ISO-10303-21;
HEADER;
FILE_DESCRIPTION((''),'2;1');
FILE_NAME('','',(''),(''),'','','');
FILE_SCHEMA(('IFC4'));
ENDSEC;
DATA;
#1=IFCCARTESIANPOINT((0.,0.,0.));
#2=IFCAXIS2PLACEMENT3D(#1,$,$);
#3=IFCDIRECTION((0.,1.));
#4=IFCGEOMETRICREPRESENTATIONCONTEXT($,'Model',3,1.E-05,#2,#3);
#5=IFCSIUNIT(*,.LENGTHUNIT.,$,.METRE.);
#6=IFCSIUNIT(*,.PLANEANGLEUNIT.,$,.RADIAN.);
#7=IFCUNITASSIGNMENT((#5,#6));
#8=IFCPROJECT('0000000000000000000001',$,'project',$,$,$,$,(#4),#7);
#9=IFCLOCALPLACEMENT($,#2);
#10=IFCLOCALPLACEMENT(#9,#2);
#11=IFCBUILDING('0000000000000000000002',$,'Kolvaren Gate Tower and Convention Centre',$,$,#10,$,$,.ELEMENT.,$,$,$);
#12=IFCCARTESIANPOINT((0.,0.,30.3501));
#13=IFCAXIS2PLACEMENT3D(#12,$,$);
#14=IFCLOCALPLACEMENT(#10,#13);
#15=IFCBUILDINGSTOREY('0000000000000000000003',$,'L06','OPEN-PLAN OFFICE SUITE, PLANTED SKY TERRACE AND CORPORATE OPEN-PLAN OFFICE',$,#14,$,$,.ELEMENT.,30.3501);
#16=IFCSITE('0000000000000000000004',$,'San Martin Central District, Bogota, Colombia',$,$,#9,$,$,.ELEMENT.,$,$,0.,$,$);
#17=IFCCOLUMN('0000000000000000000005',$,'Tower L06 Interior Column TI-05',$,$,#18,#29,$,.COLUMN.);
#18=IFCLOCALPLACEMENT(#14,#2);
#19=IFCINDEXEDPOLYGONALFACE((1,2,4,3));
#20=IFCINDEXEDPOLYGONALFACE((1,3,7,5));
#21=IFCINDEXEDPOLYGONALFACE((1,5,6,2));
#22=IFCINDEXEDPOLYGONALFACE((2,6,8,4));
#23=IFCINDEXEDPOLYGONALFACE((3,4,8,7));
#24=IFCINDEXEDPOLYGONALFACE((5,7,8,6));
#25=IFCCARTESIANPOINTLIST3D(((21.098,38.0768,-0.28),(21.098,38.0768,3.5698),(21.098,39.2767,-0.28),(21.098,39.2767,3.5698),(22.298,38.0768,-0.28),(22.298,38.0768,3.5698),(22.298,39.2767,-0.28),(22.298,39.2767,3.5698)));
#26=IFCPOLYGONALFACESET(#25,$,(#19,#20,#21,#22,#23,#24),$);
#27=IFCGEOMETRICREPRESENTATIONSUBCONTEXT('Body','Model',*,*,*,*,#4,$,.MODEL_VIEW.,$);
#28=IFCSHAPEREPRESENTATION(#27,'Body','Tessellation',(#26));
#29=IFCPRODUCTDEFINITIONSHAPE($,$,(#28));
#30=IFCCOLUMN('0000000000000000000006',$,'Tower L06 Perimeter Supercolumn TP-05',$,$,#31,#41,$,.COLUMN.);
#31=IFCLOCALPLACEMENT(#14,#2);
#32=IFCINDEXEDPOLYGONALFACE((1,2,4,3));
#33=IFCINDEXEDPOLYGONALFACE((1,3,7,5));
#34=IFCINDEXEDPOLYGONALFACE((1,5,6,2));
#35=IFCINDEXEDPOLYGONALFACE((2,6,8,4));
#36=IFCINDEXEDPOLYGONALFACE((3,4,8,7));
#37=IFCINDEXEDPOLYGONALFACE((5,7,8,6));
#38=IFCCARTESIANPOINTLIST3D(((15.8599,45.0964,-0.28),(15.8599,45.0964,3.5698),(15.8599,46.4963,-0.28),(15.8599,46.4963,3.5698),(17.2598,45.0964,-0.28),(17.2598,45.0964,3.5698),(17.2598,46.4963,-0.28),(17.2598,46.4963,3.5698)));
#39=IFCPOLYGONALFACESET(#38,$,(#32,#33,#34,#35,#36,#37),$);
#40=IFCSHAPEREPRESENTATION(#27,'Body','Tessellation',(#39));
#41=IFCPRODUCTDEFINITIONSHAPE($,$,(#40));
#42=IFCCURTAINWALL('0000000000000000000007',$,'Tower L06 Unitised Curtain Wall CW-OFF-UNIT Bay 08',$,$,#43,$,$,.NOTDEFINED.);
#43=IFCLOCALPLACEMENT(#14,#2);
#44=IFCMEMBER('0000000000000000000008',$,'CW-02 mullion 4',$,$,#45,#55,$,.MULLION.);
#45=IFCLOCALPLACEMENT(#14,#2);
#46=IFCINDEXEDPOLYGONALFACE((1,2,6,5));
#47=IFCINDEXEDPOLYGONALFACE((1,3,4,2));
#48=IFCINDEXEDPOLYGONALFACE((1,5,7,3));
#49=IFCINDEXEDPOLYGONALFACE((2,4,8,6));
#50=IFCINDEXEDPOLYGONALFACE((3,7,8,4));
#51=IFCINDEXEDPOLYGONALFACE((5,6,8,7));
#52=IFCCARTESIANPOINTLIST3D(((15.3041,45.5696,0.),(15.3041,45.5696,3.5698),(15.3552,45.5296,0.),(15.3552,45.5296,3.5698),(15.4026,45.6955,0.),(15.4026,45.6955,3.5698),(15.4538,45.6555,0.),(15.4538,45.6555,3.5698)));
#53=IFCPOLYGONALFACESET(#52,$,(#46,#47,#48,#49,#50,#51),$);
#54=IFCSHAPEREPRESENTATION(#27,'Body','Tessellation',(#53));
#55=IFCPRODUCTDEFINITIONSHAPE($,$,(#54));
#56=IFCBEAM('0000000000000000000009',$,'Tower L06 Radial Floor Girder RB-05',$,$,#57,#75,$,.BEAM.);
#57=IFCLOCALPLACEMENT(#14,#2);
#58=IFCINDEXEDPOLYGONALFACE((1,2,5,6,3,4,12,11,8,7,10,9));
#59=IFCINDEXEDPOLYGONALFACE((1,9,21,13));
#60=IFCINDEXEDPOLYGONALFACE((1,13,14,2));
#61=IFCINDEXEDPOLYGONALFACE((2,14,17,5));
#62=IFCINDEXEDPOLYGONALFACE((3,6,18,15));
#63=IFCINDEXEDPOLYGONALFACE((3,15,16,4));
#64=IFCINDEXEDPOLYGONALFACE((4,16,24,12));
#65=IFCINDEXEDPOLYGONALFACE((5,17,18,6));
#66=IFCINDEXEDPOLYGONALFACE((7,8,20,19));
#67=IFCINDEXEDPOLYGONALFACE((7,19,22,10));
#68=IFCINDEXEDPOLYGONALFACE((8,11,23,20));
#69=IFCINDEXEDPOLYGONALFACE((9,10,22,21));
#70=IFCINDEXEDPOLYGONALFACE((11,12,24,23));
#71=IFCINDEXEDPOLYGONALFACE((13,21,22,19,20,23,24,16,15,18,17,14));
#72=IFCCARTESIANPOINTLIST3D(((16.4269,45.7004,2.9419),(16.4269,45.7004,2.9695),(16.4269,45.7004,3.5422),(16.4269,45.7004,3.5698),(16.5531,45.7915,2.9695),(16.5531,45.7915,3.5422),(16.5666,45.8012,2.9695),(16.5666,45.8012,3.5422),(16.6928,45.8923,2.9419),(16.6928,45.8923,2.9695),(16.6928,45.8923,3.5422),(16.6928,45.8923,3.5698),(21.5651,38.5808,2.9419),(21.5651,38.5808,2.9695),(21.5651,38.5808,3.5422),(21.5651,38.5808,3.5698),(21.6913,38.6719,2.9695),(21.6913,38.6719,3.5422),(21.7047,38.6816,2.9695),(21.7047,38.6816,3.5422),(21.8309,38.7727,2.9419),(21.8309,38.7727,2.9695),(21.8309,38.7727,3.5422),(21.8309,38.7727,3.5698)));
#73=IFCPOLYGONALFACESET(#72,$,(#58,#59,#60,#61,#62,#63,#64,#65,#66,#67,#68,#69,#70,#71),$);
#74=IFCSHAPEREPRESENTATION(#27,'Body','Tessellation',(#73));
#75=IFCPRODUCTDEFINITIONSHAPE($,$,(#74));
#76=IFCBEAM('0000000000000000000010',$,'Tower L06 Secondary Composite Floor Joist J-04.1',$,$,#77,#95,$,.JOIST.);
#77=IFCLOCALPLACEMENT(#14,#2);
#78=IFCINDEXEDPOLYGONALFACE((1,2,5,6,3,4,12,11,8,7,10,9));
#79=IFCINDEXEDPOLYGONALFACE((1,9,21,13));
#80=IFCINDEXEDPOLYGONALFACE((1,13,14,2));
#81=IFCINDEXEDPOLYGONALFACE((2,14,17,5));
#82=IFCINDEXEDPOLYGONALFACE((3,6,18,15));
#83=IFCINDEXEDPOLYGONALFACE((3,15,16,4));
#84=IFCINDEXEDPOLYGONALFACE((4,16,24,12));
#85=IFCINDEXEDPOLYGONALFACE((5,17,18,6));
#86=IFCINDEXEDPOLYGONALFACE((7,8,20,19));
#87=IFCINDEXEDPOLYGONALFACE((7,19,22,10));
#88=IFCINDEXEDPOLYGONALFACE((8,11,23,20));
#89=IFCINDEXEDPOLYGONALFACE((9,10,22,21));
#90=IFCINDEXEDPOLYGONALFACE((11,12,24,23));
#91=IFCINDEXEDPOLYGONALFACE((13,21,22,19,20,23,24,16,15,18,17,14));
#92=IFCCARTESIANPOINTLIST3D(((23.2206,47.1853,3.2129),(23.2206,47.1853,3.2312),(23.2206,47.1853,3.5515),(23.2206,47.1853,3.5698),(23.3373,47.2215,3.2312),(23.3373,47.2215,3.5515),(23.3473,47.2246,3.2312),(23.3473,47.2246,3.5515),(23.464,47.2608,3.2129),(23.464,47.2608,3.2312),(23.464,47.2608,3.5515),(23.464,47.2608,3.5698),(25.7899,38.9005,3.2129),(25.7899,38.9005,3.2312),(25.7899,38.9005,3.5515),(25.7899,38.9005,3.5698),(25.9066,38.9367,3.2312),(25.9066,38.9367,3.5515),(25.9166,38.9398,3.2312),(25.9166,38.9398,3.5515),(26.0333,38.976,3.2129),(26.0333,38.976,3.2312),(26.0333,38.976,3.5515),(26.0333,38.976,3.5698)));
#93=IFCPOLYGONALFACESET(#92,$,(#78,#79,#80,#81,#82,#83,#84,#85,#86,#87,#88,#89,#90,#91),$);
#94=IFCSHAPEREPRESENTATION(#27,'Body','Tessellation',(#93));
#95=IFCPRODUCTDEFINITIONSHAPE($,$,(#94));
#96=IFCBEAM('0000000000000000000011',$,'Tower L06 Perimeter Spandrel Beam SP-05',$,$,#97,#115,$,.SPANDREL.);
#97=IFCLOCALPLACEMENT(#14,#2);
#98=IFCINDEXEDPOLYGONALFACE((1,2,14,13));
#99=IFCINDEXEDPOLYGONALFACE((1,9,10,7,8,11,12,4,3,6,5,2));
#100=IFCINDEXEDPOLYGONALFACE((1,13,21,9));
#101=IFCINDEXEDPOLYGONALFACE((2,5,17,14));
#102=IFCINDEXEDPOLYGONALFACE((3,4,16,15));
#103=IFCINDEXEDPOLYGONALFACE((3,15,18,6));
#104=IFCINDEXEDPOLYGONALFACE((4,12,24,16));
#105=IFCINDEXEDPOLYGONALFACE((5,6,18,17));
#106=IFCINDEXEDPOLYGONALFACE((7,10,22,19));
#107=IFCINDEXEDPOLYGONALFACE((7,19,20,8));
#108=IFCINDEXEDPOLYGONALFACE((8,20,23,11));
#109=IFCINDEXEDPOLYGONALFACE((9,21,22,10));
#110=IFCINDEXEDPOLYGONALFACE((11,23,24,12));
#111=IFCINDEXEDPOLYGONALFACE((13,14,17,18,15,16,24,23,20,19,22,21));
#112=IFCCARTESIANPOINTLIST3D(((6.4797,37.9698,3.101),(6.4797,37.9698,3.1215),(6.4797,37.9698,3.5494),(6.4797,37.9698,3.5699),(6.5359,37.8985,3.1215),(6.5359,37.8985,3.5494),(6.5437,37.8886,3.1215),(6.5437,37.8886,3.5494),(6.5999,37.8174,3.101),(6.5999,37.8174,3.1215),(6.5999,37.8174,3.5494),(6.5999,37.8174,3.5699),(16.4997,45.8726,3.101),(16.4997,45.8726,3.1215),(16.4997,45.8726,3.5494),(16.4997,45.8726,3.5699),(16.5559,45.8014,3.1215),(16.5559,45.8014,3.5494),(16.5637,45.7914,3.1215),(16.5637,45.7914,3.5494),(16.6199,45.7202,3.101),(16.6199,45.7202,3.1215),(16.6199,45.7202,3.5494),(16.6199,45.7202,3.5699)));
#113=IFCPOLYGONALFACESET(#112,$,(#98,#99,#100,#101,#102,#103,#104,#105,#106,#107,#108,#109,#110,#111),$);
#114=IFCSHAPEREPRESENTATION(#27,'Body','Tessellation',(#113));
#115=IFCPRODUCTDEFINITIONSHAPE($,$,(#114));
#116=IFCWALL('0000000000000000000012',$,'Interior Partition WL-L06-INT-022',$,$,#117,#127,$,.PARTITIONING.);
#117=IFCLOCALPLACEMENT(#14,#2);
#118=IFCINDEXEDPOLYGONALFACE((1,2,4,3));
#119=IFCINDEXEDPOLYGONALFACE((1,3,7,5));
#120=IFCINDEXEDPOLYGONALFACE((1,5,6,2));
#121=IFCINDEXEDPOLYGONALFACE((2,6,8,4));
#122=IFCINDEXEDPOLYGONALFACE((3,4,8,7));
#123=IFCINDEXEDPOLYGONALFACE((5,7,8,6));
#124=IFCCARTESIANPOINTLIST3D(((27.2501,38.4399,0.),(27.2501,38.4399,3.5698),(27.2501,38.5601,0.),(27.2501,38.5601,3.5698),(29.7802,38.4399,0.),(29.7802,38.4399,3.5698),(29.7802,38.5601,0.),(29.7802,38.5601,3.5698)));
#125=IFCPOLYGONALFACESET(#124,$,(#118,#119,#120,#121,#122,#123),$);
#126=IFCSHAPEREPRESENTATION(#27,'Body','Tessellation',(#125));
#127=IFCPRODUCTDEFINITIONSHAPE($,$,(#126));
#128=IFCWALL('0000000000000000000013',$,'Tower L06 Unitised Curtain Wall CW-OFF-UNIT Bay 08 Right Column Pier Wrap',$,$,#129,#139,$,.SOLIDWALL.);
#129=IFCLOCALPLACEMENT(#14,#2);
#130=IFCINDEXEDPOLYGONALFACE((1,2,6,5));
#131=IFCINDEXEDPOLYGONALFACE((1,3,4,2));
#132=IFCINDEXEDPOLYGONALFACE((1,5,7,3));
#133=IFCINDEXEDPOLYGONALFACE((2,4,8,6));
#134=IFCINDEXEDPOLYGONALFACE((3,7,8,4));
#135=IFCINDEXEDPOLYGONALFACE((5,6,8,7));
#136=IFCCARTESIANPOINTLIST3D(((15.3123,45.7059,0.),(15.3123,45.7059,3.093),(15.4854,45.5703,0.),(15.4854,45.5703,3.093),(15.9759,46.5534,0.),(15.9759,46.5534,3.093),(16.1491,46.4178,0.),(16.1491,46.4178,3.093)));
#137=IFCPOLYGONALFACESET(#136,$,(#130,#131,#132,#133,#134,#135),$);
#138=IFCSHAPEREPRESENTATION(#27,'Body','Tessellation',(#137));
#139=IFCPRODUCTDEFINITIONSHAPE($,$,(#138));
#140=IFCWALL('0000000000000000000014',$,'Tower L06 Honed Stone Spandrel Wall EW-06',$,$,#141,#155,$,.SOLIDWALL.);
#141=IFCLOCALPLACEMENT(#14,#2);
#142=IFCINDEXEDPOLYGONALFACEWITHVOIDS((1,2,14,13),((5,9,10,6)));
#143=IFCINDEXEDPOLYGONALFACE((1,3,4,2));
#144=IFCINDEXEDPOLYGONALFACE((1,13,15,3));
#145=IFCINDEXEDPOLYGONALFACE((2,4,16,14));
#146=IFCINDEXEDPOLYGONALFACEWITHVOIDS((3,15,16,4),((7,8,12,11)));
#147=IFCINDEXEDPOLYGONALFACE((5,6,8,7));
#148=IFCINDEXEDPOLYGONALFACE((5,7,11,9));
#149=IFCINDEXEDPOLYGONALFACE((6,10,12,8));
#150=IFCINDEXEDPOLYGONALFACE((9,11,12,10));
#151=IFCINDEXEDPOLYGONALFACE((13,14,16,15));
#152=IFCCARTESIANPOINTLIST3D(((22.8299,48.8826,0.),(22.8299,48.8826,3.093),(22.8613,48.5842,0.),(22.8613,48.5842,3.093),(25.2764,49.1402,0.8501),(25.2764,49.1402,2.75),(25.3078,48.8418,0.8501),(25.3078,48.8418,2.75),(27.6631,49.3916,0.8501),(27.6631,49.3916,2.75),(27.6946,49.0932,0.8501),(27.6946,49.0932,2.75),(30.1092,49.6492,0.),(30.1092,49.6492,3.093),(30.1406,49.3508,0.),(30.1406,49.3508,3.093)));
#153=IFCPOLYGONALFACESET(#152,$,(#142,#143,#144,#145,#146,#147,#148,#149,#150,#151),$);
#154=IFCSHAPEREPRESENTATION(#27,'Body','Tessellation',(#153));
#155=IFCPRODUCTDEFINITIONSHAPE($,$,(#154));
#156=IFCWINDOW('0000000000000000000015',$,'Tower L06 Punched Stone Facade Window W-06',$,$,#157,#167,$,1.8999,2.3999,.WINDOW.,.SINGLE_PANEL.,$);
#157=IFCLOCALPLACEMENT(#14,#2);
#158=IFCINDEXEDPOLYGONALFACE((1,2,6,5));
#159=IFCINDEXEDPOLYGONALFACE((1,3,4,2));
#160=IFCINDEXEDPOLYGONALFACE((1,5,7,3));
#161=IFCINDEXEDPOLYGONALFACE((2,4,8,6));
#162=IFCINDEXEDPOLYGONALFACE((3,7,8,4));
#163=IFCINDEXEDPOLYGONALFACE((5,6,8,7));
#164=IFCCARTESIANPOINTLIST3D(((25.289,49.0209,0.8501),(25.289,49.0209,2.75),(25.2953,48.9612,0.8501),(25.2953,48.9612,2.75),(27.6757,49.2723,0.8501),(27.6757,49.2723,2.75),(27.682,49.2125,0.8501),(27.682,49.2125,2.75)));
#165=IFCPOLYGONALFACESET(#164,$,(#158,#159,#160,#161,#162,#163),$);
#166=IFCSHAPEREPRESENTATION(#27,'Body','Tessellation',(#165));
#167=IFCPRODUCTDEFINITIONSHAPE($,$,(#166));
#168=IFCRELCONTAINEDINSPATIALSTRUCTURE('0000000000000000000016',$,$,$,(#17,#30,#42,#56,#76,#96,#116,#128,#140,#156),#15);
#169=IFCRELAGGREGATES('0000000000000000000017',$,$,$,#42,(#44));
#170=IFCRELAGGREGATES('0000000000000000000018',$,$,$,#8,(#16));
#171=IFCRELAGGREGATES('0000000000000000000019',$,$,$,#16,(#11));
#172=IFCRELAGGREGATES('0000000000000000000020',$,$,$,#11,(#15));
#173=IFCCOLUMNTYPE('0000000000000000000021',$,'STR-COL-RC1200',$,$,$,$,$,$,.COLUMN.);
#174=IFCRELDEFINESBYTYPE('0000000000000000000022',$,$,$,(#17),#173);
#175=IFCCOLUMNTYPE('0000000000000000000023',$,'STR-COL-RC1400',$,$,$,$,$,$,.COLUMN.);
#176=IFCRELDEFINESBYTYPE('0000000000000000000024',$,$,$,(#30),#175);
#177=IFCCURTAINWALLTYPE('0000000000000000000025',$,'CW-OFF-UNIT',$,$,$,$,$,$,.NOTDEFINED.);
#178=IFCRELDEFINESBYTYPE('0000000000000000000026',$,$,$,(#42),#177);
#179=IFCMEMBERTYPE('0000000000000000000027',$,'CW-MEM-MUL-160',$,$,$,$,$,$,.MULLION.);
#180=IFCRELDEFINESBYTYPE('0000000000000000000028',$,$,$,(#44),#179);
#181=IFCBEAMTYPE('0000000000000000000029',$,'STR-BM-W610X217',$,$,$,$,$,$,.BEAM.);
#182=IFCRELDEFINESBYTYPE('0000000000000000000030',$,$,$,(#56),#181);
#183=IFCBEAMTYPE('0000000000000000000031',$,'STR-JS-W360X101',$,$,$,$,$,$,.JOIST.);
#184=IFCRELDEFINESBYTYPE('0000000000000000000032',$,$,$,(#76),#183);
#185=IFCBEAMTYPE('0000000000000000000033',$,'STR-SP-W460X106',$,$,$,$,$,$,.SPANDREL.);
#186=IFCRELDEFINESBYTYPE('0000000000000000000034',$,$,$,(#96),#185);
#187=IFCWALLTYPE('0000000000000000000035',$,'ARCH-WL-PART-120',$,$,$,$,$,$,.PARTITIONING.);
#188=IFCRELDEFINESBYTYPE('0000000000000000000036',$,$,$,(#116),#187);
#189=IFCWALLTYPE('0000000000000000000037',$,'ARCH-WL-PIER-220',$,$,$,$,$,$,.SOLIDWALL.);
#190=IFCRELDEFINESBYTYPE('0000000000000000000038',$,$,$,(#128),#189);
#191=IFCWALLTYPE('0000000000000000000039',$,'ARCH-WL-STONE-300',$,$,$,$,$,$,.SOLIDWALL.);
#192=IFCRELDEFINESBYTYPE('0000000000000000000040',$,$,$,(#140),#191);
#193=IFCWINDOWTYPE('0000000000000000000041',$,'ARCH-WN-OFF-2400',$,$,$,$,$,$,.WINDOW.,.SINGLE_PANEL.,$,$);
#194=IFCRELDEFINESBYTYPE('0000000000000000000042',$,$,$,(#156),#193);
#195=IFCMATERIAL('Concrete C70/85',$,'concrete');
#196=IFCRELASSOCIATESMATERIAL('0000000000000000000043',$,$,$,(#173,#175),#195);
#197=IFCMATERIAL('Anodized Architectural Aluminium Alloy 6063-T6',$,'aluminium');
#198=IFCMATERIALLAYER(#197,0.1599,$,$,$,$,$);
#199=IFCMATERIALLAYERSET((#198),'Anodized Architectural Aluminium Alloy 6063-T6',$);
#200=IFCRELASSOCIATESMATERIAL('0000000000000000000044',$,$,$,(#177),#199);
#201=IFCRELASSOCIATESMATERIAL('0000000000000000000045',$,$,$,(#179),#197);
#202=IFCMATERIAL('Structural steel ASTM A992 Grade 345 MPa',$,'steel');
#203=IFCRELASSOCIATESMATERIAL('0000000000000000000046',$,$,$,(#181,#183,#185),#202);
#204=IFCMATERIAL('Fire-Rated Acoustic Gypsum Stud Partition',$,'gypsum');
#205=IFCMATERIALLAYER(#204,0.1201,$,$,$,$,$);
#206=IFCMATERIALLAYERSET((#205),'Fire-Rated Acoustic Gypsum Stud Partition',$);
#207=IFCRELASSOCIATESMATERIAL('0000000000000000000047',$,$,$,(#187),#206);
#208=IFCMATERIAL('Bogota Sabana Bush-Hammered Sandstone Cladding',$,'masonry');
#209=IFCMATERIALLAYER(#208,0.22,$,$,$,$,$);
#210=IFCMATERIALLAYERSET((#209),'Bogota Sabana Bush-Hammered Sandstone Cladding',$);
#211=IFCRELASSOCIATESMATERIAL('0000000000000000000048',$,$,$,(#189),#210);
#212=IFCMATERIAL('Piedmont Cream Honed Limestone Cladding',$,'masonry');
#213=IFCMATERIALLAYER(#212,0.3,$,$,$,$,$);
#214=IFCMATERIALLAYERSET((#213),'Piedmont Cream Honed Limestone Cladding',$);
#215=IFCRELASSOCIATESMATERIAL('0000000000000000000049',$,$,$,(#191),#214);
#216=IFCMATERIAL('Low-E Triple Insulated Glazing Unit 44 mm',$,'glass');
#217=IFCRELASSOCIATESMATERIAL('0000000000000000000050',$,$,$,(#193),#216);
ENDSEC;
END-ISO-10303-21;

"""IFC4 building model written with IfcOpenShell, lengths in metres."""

from ifc_helpers import new_model, si_unit, direction, frame, frame_2d, origin, origin_2d, place, context, subcontext, project, spatial, rectangle, i_section, extrude, material, layer, layer_set, material_profile, profile_set, type_object, element, fill, aggregate, save


model = new_model("IFC4")

# Units and contexts
model_context = context("Model", 3, precision=1e-05, world=origin(), true_north=direction((0.0, 1.0)))
body_context = subcontext(model_context, "Body", "Model", "MODEL_VIEW")
ifc_project = project(units=[si_unit("LENGTHUNIT", "METRE"), si_unit("PLANEANGLEUNIT", "RADIAN")], contexts=[model_context])

# Site, building, storey
site_placement = place(None, origin())
site = spatial("IfcSite", under=ifc_project, at=site_placement, Name="San Martin Central District, Bogota, Colombia", CompositionType="ELEMENT", RefElevation=0.0)
building_placement = place(site_placement, origin())
building = spatial("IfcBuilding", under=site, at=building_placement, Name="Kolvaren Gate Tower and Convention Centre", CompositionType="ELEMENT")
storey_placement = place(building_placement, frame((0.0, 0.0, 30.3501)))
storey = spatial("IfcBuildingStorey", under=building, at=storey_placement, Name="L06", Description="OPEN-PLAN OFFICE SUITE, PLANTED SKY TERRACE AND CORPORATE OPEN-PLAN OFFICE", CompositionType="ELEMENT", Elevation=30.3501)

# Columns
ifc_material_1 = material(Name="Concrete C70/85", Category="concrete")
ifc_material_profile_1 = material_profile(ifc_material_1, rectangle(XDim=1.2, YDim=1.2, at=origin_2d()), Name="RC-COL-1200X1200")
ifc_profile_set_1 = profile_set([ifc_material_profile_1], Name="Concrete C70/85")
column_type_1 = type_object("IfcColumnType", Name="STR-COL-RC1200", PredefinedType="COLUMN", material=ifc_profile_set_1)
column_1_placement = place(storey_placement, frame((21.698, 38.6768, -0.28), z_axis=(0.0, 0.0, 1.0), x_axis=(1.0, 0.0, 0.0)))
element("IfcColumn", 1, at=column_1_placement, inside=storey, type_object=column_type_1, Name="Tower L06 Interior Column TI-05", PredefinedType="COLUMN", context=body_context, shape_type="SweptSolid", body=[
    extrude(rectangle(XDim=1.2, YDim=1.2, at=origin_2d()), origin(), (0.0, 0.0, 1.0), 3.8499),
])
ifc_material_profile_2 = material_profile(ifc_material_1, rectangle(XDim=1.3999, YDim=1.3999, at=origin_2d()), Name="RC-COL-1400X1400")
ifc_profile_set_2 = profile_set([ifc_material_profile_2], Name="Concrete C70/85")
column_type_2 = type_object("IfcColumnType", Name="STR-COL-RC1400", PredefinedType="COLUMN", material=ifc_profile_set_2)
column_2_placement = place(storey_placement, frame((16.5598, 45.7964, -0.28), z_axis=(0.0, 0.0, 1.0), x_axis=(1.0, 0.0, 0.0)))
element("IfcColumn", 2, at=column_2_placement, inside=storey, type_object=column_type_2, Name="Tower L06 Perimeter Supercolumn TP-05", PredefinedType="COLUMN", context=body_context, shape_type="SweptSolid", body=[
    extrude(rectangle(XDim=1.3999, YDim=1.3999, at=origin_2d()), origin(), (0.0, 0.0, 1.0), 3.8499),
])

# Curtain wall, member
ifc_material_2 = material(Name="Anodized Architectural Aluminium Alloy 6063-T6", Category="aluminium")
ifc_layer_1 = layer(ifc_material_2, 0.1599)
ifc_layer_set_1 = layer_set([ifc_layer_1], Name="Anodized Architectural Aluminium Alloy 6063-T6")
curtain_wall_type = type_object("IfcCurtainWallType", Name="CW-OFF-UNIT", PredefinedType="NOTDEFINED", material=ifc_layer_set_1)
curtain_wall_placement = place(storey_placement, origin())
curtain_wall = element("IfcCurtainWall", 3, at=curtain_wall_placement, inside=storey, type_object=curtain_wall_type, Name="Tower L06 Unitised Curtain Wall CW-OFF-UNIT Bay 08", PredefinedType="NOTDEFINED")
ifc_material_profile_3 = material_profile(ifc_material_2, rectangle(XDim=0.0649, YDim=0.1599, at=origin_2d()), Name="CW-MEM-MUL-160")
ifc_profile_set_3 = profile_set([ifc_material_profile_3], Name="Anodized Architectural Aluminium Alloy 6063-T6")
member_type = type_object("IfcMemberType", Name="CW-MEM-MUL-160", PredefinedType="MULLION", material=ifc_profile_set_3)
member_placement = place(storey_placement, frame((15.3789, 45.6125, 0.0), z_axis=(0.0, 0.0, 1.0), x_axis=(-0.787417, 0.616421, 0.0)))
member = element("IfcMember", 4, at=member_placement, type_object=member_type, Name="CW-02 mullion 4", PredefinedType="MULLION", context=body_context, shape_type="SweptSolid", body=[
    extrude(rectangle(XDim=0.0649, YDim=0.1599, at=origin_2d()), origin(), (0.0, 0.0, 1.0), 3.5698),
])
aggregate(curtain_wall, [member])

# Beams
ifc_material_3 = material(Name="Structural steel ASTM A992 Grade 345 MPa", Category="steel")
ifc_material_profile_4 = material_profile(ifc_material_3, i_section(OverallWidth=0.3279, OverallDepth=0.6279, WebThickness=0.0166, FlangeThickness=0.0276, at=origin_2d()), Name="W610X217")
ifc_profile_set_4 = profile_set([ifc_material_profile_4], Name="Structural steel ASTM A992 Grade 345 MPa")
beam_type_1 = type_object("IfcBeamType", Name="STR-BM-W610X217", PredefinedType="BEAM", material=ifc_profile_set_4)
beam_1_placement = place(storey_placement, frame((21.698, 38.6768, 3.2559), z_axis=(-0.585208, 0.810883, 0.0), x_axis=(-0.810883, -0.585208, 0.0)))
element("IfcBeam", 5, at=beam_1_placement, inside=storey, type_object=beam_type_1, Name="Tower L06 Radial Floor Girder RB-05", PredefinedType="BEAM", context=body_context, shape_type="SweptSolid", body=[
    extrude(i_section(OverallWidth=0.3279, OverallDepth=0.6279, WebThickness=0.0166, FlangeThickness=0.0276, at=origin_2d()), origin(), (0.0, 0.0, 1.0), 8.78),
])
ifc_material_profile_5 = material_profile(ifc_material_3, i_section(OverallWidth=0.2549, OverallDepth=0.3569, WebThickness=0.0105, FlangeThickness=0.0183, at=origin_2d()), Name="W360X101")
ifc_profile_set_5 = profile_set([ifc_material_profile_5], Name="Structural steel ASTM A992 Grade 345 MPa")
beam_type_2 = type_object("IfcBeamType", Name="STR-JS-W360X101", PredefinedType="JOIST", material=ifc_profile_set_5)
beam_2_placement = place(storey_placement, frame((25.9116, 38.9382, 3.3914), z_axis=(-0.296205, 0.955124, 0.0), x_axis=(-0.955124, -0.296205, 0.0)))
element("IfcBeam", 6, at=beam_2_placement, inside=storey, type_object=beam_type_2, Name="Tower L06 Secondary Composite Floor Joist J-04.1", PredefinedType="JOIST", context=body_context, shape_type="SweptSolid", body=[
    extrude(i_section(OverallWidth=0.2549, OverallDepth=0.3569, WebThickness=0.0105, FlangeThickness=0.0183, at=origin_2d()), origin(), (0.0, 0.0, 1.0), 8.6741),
])
ifc_material_profile_6 = material_profile(ifc_material_3, i_section(OverallWidth=0.1941, OverallDepth=0.469, WebThickness=0.0127, FlangeThickness=0.0205, at=origin_2d()), Name="W460X106")
ifc_profile_set_6 = profile_set([ifc_material_profile_6], Name="Structural steel ASTM A992 Grade 345 MPa")
beam_type_3 = type_object("IfcBeamType", Name="STR-SP-W460X106", PredefinedType="SPANDREL", material=ifc_profile_set_6)
beam_3_placement = place(storey_placement, frame((16.5598, 45.7964, 3.3354), z_axis=(-0.785176, -0.619272, 0.0), x_axis=(0.619272, -0.785176, 0.0)))
element("IfcBeam", 7, at=beam_3_placement, inside=storey, type_object=beam_type_3, Name="Tower L06 Perimeter Spandrel Beam SP-05", PredefinedType="SPANDREL", context=body_context, shape_type="SweptSolid", body=[
    extrude(i_section(OverallWidth=0.1941, OverallDepth=0.469, WebThickness=0.0127, FlangeThickness=0.0205, at=origin_2d()), origin(), (0.0, 0.0, 1.0), 12.7615),
])

# Walls
ifc_material_4 = material(Name="Fire-Rated Acoustic Gypsum Stud Partition", Category="gypsum")
ifc_layer_2 = layer(ifc_material_4, 0.1201)
ifc_layer_set_2 = layer_set([ifc_layer_2], Name="Fire-Rated Acoustic Gypsum Stud Partition")
wall_type_1 = type_object("IfcWallType", Name="ARCH-WL-PART-120", PredefinedType="PARTITIONING", material=ifc_layer_set_2)
wall_1_placement = place(storey_placement, frame((27.25, 38.5, 0.0), z_axis=(0.0, 0.0, 1.0), x_axis=(1.0, 0.0, 0.0)))
element("IfcWall", 8, at=wall_1_placement, inside=storey, type_object=wall_type_1, Name="Interior Partition WL-L06-INT-022", PredefinedType="PARTITIONING", context=body_context, shape_type="SweptSolid", body=[
    extrude(rectangle(XDim=2.53, YDim=0.1201, at=frame_2d((1.2651, 0.0))), origin(), (0.0, 0.0, 1.0), 3.5698),
])
ifc_material_5 = material(Name="Bogota Sabana Bush-Hammered Sandstone Cladding", Category="masonry")
ifc_layer_3 = layer(ifc_material_5, 0.22)
ifc_layer_set_3 = layer_set([ifc_layer_3], Name="Bogota Sabana Bush-Hammered Sandstone Cladding")
wall_type_2 = type_object("IfcWallType", Name="ARCH-WL-PIER-220", PredefinedType="SOLIDWALL", material=ifc_layer_set_3)
wall_2_placement = place(storey_placement, frame((15.3989, 45.6382, 0.0), z_axis=(0.0, 0.0, 1.0), x_axis=(0.616528, 0.787333, 0.0)))
element("IfcWall", 9, at=wall_2_placement, inside=storey, type_object=wall_type_2, Name="Tower L06 Unitised Curtain Wall CW-OFF-UNIT Bay 08 Right Column Pier Wrap", PredefinedType="SOLIDWALL", context=body_context, shape_type="SweptSolid", body=[
    extrude(rectangle(XDim=1.0764, YDim=0.22, at=frame_2d((0.5381, 0.0))), origin(), (0.0, 0.0, 1.0), 3.093),
])

# Wall, opening, window
ifc_material_6 = material(Name="Piedmont Cream Honed Limestone Cladding", Category="masonry")
ifc_layer_4 = layer(ifc_material_6, 0.3)
ifc_layer_set_4 = layer_set([ifc_layer_4], Name="Piedmont Cream Honed Limestone Cladding")
wall_type_3 = type_object("IfcWallType", Name="ARCH-WL-STONE-300", PredefinedType="SOLIDWALL", material=ifc_layer_set_4)
wall_3_placement = place(storey_placement, frame((22.8457, 48.7334, 0.0), z_axis=(0.0, 0.0, 1.0), x_axis=(0.9945, 0.104733, 0.0)))
wall_3 = element("IfcWall", 10, at=wall_3_placement, inside=storey, type_object=wall_type_3, Name="Tower L06 Honed Stone Spandrel Wall EW-06", PredefinedType="SOLIDWALL", context=body_context, shape_type="SweptSolid", body=[
    extrude(rectangle(XDim=7.3196, YDim=0.3, at=frame_2d((3.6597, 0.0))), origin(), (0.0, 0.0, 1.0), 3.093),
])
opening_1_placement = place(wall_3_placement, frame((2.46, 0.0, 0.8501)))
opening_1 = element("IfcOpeningElement", 11, at=opening_1_placement, cuts=wall_3, PredefinedType="OPENING", context=body_context, shape_type="SweptSolid", body=[
    extrude(rectangle(XDim=2.3999, YDim=1.8999, at=frame_2d((1.2, 0.95))), frame((0.0, 0.1599, 0.0), z_axis=(0.0, -1.0, 0.0), x_axis=(1.0, 0.0, 0.0)), (0.0, 0.0, 1.0), 0.3201),
])
ifc_material_7 = material(Name="Low-E Triple Insulated Glazing Unit 44 mm", Category="glass")
window_type = type_object("IfcWindowType", Name="ARCH-WN-OFF-2400", PartitioningType="SINGLE_PANEL", PredefinedType="WINDOW", material=ifc_material_7)
window_1_placement = place(opening_1_placement, origin())
window_1 = element("IfcWindow", 12, at=window_1_placement, inside=storey, type_object=window_type, Name="Tower L06 Punched Stone Facade Window W-06", OverallHeight=1.8999, OverallWidth=2.3999, PartitioningType="SINGLE_PANEL", PredefinedType="WINDOW", context=body_context, shape_type="SweptSolid", body=[
    extrude(rectangle(XDim=2.3999, YDim=1.8999, at=frame_2d((1.2, 0.95))), frame((0.0, 0.03, 0.0), z_axis=(0.0, -1.0, 0.0), x_axis=(1.0, 0.0, 0.0)), (0.0, 0.0, 1.0), 0.0601),
])
fill(opening_1, window_1)

save(model, "model.ifc")
